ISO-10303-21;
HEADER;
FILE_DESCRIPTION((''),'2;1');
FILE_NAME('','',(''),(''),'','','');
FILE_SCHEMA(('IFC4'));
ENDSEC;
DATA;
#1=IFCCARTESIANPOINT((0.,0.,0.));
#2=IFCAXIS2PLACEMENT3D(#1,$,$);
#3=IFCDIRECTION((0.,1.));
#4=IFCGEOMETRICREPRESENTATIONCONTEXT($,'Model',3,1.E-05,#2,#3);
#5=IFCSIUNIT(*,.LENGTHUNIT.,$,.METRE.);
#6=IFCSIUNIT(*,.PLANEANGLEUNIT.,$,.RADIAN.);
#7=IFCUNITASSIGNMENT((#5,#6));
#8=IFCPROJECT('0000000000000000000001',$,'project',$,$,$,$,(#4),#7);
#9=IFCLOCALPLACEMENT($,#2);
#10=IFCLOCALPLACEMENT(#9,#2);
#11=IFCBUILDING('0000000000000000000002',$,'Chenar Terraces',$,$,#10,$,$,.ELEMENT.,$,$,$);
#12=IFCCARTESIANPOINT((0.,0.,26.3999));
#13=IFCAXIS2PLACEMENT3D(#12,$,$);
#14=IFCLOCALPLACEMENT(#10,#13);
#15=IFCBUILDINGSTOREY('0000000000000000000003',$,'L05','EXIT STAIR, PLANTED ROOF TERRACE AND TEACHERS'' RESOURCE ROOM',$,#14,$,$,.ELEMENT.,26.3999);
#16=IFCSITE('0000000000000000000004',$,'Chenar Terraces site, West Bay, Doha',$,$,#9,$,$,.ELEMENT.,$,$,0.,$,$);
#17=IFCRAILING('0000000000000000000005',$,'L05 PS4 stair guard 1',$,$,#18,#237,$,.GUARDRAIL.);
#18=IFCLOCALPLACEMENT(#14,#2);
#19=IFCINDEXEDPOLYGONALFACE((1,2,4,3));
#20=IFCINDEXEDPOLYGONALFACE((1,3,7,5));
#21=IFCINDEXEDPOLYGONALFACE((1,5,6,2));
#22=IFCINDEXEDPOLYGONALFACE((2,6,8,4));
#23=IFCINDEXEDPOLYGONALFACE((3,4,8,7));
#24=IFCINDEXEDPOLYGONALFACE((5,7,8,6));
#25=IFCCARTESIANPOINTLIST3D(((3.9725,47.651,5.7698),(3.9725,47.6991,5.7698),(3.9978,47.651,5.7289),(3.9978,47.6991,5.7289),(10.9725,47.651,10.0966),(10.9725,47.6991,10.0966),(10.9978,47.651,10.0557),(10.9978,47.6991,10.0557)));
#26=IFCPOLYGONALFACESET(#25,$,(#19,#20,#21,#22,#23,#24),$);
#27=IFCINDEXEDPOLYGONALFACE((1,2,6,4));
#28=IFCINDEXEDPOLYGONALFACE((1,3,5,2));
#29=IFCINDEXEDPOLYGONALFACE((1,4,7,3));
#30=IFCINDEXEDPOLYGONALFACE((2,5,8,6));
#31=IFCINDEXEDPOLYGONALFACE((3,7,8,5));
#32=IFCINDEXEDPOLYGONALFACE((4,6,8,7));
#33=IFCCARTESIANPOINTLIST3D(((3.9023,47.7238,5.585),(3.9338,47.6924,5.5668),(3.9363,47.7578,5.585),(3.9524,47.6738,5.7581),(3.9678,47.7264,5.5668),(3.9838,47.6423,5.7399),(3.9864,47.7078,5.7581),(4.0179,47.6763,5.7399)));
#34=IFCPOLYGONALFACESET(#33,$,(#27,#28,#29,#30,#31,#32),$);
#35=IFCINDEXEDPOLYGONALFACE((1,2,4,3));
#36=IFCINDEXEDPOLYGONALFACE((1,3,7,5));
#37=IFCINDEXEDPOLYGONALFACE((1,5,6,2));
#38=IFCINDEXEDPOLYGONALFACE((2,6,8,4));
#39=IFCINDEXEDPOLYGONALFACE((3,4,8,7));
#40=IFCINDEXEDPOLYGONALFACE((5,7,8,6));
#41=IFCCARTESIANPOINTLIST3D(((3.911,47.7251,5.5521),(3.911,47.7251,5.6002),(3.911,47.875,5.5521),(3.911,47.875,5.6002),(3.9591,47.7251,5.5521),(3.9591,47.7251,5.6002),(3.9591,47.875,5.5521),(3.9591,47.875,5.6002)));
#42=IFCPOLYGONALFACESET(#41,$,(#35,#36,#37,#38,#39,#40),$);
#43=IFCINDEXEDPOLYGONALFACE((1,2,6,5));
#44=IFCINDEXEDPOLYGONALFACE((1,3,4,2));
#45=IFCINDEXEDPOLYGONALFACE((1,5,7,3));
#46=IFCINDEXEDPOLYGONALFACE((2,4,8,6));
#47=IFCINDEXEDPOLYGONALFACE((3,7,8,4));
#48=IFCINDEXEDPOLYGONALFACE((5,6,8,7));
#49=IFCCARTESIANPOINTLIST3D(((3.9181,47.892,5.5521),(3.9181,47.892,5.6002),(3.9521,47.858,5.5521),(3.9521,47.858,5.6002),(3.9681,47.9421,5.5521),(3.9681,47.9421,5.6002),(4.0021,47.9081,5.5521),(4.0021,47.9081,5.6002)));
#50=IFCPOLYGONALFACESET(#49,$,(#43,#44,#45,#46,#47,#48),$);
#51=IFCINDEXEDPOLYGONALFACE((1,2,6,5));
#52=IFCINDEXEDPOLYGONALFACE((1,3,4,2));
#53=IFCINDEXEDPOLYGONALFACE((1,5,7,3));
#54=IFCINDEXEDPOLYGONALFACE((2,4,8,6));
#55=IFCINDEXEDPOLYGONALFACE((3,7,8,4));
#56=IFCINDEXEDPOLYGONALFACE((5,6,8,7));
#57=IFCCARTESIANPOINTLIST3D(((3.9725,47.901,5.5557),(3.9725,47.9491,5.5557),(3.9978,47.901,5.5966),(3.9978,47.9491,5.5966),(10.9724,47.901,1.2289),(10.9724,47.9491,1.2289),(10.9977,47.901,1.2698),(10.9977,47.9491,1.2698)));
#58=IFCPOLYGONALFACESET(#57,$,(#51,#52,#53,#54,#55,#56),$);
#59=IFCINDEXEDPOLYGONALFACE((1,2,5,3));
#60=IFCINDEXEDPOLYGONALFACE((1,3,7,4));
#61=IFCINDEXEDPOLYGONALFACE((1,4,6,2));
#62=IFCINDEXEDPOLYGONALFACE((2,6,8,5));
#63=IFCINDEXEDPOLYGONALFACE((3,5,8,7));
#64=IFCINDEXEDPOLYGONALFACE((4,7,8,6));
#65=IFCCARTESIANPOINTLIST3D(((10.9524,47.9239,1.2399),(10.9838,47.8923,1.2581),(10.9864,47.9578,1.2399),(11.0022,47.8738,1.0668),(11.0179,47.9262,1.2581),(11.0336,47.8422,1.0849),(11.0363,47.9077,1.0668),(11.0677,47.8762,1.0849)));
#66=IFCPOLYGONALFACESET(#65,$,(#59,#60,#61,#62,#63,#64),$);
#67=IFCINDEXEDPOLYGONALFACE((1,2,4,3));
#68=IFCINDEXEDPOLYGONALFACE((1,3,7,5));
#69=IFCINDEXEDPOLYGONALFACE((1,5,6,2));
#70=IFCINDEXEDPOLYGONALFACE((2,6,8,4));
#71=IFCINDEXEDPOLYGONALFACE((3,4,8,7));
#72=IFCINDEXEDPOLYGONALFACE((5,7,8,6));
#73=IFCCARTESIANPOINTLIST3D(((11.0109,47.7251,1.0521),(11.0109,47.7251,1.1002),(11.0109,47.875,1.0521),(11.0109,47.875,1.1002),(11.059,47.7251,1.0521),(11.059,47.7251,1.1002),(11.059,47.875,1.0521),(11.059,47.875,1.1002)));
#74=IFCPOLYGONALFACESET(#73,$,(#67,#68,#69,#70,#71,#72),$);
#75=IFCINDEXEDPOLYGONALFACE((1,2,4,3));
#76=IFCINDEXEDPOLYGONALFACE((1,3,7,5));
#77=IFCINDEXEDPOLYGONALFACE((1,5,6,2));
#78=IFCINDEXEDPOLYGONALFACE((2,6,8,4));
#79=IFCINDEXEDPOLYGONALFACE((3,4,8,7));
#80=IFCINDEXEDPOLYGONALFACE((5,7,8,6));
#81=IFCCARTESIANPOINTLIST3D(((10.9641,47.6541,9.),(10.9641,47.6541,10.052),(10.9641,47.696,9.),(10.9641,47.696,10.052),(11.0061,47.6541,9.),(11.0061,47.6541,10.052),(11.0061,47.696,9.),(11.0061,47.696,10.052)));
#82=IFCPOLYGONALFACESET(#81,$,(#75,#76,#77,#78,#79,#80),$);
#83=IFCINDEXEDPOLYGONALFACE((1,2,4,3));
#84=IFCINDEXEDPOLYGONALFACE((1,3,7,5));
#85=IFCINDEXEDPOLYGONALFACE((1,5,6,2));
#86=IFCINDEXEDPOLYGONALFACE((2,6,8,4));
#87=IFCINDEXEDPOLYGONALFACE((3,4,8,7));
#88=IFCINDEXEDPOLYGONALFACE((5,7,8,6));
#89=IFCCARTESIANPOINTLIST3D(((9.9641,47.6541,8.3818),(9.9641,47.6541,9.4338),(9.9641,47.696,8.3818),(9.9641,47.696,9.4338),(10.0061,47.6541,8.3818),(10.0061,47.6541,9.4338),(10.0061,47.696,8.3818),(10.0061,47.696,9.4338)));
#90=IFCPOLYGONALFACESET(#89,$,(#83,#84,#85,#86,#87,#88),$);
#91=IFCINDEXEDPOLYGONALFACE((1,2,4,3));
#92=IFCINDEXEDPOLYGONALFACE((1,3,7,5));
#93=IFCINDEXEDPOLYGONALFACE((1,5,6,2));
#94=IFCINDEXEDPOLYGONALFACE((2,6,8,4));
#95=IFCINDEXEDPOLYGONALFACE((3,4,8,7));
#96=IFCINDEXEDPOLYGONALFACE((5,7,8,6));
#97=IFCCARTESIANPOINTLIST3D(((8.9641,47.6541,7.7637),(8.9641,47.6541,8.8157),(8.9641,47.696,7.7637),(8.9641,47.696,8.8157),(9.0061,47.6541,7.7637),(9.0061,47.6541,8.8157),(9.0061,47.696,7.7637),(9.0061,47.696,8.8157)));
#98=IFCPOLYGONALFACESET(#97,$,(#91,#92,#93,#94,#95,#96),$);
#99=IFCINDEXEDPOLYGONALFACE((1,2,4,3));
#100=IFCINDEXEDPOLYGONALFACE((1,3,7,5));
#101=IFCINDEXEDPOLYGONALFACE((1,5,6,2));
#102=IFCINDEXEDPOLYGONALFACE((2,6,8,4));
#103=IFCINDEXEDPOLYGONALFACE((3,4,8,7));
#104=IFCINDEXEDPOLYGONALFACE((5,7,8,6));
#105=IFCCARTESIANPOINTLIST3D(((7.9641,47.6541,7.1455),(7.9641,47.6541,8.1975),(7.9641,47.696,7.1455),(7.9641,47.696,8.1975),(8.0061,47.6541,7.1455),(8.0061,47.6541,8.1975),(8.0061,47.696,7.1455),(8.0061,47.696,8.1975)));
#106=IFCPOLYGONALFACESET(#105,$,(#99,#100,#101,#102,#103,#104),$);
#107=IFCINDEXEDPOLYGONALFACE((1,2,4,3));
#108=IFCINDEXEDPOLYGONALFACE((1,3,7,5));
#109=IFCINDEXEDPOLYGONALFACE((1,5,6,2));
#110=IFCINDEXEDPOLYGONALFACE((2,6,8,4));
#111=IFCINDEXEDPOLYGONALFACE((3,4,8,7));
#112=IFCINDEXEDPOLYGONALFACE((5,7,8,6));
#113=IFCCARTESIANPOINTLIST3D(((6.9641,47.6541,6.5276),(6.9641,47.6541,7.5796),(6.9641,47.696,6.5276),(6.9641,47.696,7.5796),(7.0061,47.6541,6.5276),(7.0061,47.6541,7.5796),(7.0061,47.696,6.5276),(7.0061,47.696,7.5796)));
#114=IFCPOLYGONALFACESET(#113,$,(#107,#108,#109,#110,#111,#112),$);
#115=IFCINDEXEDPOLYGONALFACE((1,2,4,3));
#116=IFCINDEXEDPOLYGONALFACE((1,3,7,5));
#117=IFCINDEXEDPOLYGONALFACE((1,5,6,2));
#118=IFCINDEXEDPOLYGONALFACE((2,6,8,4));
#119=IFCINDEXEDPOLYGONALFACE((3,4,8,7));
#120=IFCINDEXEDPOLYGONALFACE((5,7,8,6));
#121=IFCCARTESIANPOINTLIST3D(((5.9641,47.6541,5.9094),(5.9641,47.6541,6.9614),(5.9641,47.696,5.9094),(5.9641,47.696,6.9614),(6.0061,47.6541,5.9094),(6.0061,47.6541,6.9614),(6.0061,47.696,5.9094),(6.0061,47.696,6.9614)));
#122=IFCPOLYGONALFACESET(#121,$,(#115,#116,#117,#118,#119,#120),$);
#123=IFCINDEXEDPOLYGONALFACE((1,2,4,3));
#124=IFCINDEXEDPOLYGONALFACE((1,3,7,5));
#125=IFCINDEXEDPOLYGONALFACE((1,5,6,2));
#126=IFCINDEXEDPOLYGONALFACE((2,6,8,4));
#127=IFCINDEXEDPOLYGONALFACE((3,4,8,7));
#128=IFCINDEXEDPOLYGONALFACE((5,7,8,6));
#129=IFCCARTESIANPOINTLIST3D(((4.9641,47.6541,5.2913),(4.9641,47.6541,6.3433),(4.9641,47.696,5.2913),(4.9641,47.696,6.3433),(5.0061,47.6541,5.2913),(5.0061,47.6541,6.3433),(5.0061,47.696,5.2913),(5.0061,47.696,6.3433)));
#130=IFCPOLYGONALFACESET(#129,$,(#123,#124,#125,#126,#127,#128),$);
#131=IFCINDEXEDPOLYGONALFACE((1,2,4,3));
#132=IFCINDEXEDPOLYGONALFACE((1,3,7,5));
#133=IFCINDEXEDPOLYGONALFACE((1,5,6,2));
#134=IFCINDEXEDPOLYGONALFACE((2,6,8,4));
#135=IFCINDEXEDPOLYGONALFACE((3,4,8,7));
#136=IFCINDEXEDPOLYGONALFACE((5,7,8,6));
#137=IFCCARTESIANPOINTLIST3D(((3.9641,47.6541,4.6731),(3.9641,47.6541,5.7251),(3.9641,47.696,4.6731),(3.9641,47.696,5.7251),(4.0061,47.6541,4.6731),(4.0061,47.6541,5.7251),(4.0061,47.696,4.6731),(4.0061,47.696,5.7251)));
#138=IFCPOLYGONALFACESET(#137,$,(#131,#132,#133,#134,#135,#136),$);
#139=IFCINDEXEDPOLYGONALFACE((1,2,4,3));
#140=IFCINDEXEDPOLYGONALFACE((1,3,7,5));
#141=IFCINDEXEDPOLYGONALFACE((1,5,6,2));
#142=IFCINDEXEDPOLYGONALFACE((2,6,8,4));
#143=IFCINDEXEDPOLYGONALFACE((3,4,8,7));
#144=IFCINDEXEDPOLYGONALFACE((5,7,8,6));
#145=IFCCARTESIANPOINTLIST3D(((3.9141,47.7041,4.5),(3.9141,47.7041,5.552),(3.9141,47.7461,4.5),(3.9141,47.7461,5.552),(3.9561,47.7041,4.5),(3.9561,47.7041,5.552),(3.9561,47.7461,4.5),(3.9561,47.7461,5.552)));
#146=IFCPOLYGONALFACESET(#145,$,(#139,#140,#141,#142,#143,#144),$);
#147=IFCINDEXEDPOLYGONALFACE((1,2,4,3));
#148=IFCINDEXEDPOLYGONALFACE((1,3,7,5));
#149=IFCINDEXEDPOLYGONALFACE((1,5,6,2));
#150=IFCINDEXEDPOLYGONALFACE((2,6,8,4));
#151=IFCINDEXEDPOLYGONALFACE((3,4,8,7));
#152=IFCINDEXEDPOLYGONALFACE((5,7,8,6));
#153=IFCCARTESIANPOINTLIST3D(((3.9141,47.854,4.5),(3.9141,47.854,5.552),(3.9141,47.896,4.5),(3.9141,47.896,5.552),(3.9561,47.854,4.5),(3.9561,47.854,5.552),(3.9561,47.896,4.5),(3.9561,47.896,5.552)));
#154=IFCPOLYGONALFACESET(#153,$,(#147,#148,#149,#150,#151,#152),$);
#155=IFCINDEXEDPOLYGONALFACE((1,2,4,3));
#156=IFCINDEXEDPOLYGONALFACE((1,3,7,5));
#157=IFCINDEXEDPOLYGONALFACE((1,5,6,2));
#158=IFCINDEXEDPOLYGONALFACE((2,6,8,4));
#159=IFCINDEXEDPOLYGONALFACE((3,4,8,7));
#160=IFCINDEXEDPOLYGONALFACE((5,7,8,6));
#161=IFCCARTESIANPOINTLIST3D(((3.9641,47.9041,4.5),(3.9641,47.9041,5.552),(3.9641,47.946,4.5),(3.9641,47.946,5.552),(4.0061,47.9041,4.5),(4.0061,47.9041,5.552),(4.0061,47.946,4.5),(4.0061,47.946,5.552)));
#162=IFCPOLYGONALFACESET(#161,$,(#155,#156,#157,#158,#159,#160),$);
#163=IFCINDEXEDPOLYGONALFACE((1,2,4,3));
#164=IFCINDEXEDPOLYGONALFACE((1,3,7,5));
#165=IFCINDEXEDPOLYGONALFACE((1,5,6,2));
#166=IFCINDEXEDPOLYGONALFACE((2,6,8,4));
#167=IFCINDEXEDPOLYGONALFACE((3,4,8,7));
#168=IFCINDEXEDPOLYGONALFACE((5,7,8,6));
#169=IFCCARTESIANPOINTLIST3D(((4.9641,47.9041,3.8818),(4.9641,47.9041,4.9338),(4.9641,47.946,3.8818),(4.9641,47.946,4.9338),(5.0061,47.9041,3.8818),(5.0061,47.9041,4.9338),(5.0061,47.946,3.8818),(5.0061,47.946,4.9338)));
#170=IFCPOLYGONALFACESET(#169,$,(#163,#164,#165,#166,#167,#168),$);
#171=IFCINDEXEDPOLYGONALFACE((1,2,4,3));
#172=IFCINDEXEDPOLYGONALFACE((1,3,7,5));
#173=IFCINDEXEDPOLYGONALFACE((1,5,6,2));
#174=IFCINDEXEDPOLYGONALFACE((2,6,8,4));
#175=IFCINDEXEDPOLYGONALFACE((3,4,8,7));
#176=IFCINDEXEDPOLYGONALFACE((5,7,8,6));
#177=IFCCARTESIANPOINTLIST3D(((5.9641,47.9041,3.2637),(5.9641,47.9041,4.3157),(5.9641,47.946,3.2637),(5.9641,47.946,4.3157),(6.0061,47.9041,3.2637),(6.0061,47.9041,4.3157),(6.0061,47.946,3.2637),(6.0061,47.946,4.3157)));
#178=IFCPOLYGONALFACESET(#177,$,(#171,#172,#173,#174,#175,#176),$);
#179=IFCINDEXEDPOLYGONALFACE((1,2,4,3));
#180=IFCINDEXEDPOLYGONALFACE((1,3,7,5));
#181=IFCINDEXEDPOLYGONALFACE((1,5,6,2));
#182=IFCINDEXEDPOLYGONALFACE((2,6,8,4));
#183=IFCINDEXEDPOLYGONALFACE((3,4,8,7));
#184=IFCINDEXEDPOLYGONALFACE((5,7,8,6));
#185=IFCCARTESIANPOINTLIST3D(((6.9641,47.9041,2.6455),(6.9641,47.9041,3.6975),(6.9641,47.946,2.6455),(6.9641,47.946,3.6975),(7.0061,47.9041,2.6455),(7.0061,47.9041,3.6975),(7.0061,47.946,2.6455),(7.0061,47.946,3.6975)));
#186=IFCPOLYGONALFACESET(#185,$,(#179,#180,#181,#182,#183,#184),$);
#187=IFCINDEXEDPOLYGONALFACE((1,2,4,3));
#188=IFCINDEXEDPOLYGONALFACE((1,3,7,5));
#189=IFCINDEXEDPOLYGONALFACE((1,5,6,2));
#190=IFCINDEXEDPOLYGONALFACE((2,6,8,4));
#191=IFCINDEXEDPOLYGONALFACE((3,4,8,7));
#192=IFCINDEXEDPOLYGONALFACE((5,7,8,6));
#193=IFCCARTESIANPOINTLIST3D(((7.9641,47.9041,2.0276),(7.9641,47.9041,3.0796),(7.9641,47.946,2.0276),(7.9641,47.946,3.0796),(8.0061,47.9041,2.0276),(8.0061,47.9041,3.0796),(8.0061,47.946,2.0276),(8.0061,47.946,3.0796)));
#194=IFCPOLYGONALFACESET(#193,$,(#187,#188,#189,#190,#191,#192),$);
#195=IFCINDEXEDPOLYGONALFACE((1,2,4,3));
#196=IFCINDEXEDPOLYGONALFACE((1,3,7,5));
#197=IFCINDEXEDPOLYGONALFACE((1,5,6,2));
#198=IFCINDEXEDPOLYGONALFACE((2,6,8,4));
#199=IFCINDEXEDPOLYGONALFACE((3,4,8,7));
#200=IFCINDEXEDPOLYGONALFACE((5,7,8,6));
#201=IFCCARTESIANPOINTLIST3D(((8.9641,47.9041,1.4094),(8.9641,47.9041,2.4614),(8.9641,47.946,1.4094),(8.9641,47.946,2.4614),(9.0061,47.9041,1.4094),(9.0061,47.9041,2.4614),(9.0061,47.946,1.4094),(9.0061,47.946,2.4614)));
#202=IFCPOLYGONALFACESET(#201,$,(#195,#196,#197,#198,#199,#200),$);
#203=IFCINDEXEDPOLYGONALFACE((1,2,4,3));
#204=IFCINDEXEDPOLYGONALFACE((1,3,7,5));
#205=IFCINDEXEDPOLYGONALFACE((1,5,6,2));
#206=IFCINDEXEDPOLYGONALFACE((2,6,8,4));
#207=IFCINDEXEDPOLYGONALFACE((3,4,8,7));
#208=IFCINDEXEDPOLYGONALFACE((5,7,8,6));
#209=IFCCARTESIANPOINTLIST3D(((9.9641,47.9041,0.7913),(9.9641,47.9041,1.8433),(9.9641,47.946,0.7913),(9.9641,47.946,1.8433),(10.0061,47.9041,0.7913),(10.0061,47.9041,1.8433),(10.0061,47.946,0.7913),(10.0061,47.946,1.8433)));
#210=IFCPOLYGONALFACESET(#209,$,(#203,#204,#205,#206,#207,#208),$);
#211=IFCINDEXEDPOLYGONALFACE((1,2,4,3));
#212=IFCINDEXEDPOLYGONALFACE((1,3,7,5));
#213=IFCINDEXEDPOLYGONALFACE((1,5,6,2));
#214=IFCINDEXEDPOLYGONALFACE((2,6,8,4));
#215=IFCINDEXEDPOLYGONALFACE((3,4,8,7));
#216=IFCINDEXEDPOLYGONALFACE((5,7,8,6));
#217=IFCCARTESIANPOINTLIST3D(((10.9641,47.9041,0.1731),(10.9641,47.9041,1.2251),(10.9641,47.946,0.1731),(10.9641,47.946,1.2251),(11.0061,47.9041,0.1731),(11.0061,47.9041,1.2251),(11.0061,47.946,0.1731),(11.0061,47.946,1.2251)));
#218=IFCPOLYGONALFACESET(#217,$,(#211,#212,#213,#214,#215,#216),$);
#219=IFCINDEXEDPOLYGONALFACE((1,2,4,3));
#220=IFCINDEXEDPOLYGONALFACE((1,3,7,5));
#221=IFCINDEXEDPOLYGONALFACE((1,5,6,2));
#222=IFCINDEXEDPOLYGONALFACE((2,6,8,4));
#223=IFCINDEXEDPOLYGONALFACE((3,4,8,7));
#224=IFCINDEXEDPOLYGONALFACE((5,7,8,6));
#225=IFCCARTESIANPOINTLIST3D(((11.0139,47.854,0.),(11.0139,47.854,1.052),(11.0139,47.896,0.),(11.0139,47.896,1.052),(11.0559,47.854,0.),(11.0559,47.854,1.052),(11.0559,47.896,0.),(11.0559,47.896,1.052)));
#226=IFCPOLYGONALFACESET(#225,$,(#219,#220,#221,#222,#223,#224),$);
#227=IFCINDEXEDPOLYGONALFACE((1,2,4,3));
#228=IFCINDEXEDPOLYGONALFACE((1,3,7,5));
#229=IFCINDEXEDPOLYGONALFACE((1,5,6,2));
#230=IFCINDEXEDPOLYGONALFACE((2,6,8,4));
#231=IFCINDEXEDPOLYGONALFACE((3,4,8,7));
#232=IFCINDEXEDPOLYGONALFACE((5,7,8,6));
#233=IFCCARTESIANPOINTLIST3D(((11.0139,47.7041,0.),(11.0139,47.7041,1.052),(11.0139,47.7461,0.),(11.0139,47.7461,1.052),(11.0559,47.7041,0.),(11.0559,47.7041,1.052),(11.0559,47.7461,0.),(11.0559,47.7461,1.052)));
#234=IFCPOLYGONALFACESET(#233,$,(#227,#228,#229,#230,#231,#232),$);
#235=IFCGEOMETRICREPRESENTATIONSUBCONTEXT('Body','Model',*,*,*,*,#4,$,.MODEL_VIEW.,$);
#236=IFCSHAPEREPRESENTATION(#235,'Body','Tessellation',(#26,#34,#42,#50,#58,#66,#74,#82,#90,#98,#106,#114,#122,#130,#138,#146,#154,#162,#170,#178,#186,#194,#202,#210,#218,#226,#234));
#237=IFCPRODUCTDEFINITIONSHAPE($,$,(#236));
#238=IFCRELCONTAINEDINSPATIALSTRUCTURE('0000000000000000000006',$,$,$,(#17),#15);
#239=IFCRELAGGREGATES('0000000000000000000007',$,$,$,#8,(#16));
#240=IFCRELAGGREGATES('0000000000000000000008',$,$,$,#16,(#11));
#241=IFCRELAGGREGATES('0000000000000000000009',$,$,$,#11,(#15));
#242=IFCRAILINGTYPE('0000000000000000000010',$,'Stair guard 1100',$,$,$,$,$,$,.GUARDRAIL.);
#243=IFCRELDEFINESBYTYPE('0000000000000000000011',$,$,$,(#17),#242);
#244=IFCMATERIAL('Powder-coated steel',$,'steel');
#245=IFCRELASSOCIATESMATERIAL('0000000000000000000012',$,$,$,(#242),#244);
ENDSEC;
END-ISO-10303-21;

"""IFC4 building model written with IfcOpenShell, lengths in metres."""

from ifc_helpers import new_model, si_unit, direction, frame, origin, origin_2d, place, context, subcontext, project, spatial, rectangle, extrude, material, type_object, element, save


model = new_model("IFC4")

# Units and contexts
model_context = context("Model", 3, precision=1e-05, world=origin(), true_north=direction((0.0, 1.0)))
body_context = subcontext(model_context, "Body", "Model", "MODEL_VIEW")
ifc_project = project(units=[si_unit("LENGTHUNIT", "METRE"), si_unit("PLANEANGLEUNIT", "RADIAN")], contexts=[model_context])

# Site, building, storey
site_placement = place(None, origin())
site = spatial("IfcSite", under=ifc_project, at=site_placement, Name="Chenar Terraces site, West Bay, Doha", CompositionType="ELEMENT", RefElevation=0.0)
building_placement = place(site_placement, origin())
building = spatial("IfcBuilding", under=site, at=building_placement, Name="Chenar Terraces", CompositionType="ELEMENT")
storey_placement = place(building_placement, frame((0.0, 0.0, 26.3999)))
storey = spatial("IfcBuildingStorey", under=building, at=storey_placement, Name="L05", Description="EXIT STAIR, PLANTED ROOF TERRACE AND TEACHERS' RESOURCE ROOM", CompositionType="ELEMENT", Elevation=26.3999)

# Railing
ifc_material_1 = material(Name="Powder-coated steel", Category="steel")
railing_type_1 = type_object("IfcRailingType", Name="Stair guard 1100", PredefinedType="GUARDRAIL", material=ifc_material_1)
railing_1_placement = place(storey_placement, frame((10.9851, 47.675, 9.0)))
element("IfcRailing", 1, at=railing_1_placement, inside=storey, type_object=railing_type_1, Name="L05 PS4 stair guard 1", PredefinedType="GUARDRAIL", context=body_context, shape_type="SweptSolid", body=[
    extrude(rectangle(XDim=0.0481, YDim=0.0481, at=origin_2d()), frame((0.0, 0.0, 1.0762), z_axis=(-0.850615, 0.0, -0.52579), x_axis=(0.0, -1.0, 0.0)), (0.0, 0.0, 1.0), 8.2292),
    extrude(rectangle(XDim=0.0481, YDim=0.0481, at=origin_2d()), frame((-7.0, 0.0, -3.251), z_axis=(-0.26763, 0.26763, -0.925607), x_axis=(-0.707107, -0.707107, 0.0)), (0.0, 0.0, 1.0), 0.187),
    extrude(rectangle(XDim=0.0481, YDim=0.0481, at=origin_2d()), frame((-7.05, 0.05, -3.4238), z_axis=(0.0, 1.0, 0.0), x_axis=(-1.0, 0.0, 0.0)), (0.0, 0.0, 1.0), 0.1499),
    extrude(rectangle(XDim=0.0481, YDim=0.0481, at=origin_2d()), frame((-7.05, 0.2, -3.4238), z_axis=(0.707107, 0.707107, 0.0), x_axis=(-0.707107, 0.707107, 0.0)), (0.0, 0.0, 1.0), 0.0708),
    extrude(rectangle(XDim=0.0481, YDim=0.0481, at=origin_2d()), frame((-7.0, 0.25, -3.4238), z_axis=(0.850615, 0.0, -0.52579), x_axis=(0.0, 1.0, 0.0)), (0.0, 0.0, 1.0), 8.2292),
    extrude(rectangle(XDim=0.0481, YDim=0.0481, at=origin_2d()), frame((0.0, 0.25, -7.751), z_axis=(0.266417, -0.267723, -0.92593), x_axis=(0.708834, 0.705376, 0.0)), (0.0, 0.0, 1.0), 0.187),
    extrude(rectangle(XDim=0.0481, YDim=0.0481, at=origin_2d()), frame((0.0498, 0.2, -7.9238), z_axis=(0.0, -1.0, 0.0), x_axis=(1.0, 0.0, 0.0)), (0.0, 0.0, 1.0), 0.1499),
    extrude(rectangle(XDim=0.042, YDim=0.042, at=origin_2d()), origin(), (0.0, 0.0, 1.0), 1.052),
    extrude(rectangle(XDim=0.042, YDim=0.042, at=origin_2d()), frame((-1.0, 0.0, -0.6182)), (0.0, 0.0, 1.0), 1.052),
    extrude(rectangle(XDim=0.042, YDim=0.042, at=origin_2d()), frame((-2.0, 0.0, -1.2363)), (0.0, 0.0, 1.0), 1.052),
    extrude(rectangle(XDim=0.042, YDim=0.042, at=origin_2d()), frame((-3.0, 0.0, -1.8545)), (0.0, 0.0, 1.0), 1.052),
    extrude(rectangle(XDim=0.042, YDim=0.042, at=origin_2d()), frame((-4.0, 0.0, -2.4724)), (0.0, 0.0, 1.0), 1.052),
    extrude(rectangle(XDim=0.042, YDim=0.042, at=origin_2d()), frame((-5.0, 0.0, -3.0906)), (0.0, 0.0, 1.0), 1.052),
    extrude(rectangle(XDim=0.042, YDim=0.042, at=origin_2d()), frame((-6.0, 0.0, -3.7087)), (0.0, 0.0, 1.0), 1.052),
    extrude(rectangle(XDim=0.042, YDim=0.042, at=origin_2d()), frame((-7.0, 0.0, -4.3269)), (0.0, 0.0, 1.0), 1.052),
    extrude(rectangle(XDim=0.042, YDim=0.042, at=origin_2d()), frame((-7.05, 0.05, -4.5)), (0.0, 0.0, 1.0), 1.052),
    extrude(rectangle(XDim=0.042, YDim=0.042, at=origin_2d()), frame((-7.05, 0.2, -4.5)), (0.0, 0.0, 1.0), 1.052),
    extrude(rectangle(XDim=0.042, YDim=0.042, at=origin_2d()), frame((-7.0, 0.25, -4.5)), (0.0, 0.0, 1.0), 1.052),
    extrude(rectangle(XDim=0.042, YDim=0.042, at=origin_2d()), frame((-6.0, 0.25, -5.1182)), (0.0, 0.0, 1.0), 1.052),
    extrude(rectangle(XDim=0.042, YDim=0.042, at=origin_2d()), frame((-5.0, 0.25, -5.7363)), (0.0, 0.0, 1.0), 1.052),
    extrude(rectangle(XDim=0.042, YDim=0.042, at=origin_2d()), frame((-4.0, 0.25, -6.3545)), (0.0, 0.0, 1.0), 1.052),
    extrude(rectangle(XDim=0.042, YDim=0.042, at=origin_2d()), frame((-3.0, 0.25, -6.9724)), (0.0, 0.0, 1.0), 1.052),
    extrude(rectangle(XDim=0.042, YDim=0.042, at=origin_2d()), frame((-2.0, 0.25, -7.5906)), (0.0, 0.0, 1.0), 1.052),
    extrude(rectangle(XDim=0.042, YDim=0.042, at=origin_2d()), frame((-1.0, 0.25, -8.2087)), (0.0, 0.0, 1.0), 1.052),
    extrude(rectangle(XDim=0.042, YDim=0.042, at=origin_2d()), frame((0.0, 0.25, -8.8269)), (0.0, 0.0, 1.0), 1.052),
    extrude(rectangle(XDim=0.042, YDim=0.042, at=origin_2d()), frame((0.0498, 0.2, -9.0)), (0.0, 0.0, 1.0), 1.052),
    extrude(rectangle(XDim=0.042, YDim=0.042, at=origin_2d()), frame((0.0498, 0.05, -9.0)), (0.0, 0.0, 1.0), 1.052),
])

save(model, "model.ifc")
